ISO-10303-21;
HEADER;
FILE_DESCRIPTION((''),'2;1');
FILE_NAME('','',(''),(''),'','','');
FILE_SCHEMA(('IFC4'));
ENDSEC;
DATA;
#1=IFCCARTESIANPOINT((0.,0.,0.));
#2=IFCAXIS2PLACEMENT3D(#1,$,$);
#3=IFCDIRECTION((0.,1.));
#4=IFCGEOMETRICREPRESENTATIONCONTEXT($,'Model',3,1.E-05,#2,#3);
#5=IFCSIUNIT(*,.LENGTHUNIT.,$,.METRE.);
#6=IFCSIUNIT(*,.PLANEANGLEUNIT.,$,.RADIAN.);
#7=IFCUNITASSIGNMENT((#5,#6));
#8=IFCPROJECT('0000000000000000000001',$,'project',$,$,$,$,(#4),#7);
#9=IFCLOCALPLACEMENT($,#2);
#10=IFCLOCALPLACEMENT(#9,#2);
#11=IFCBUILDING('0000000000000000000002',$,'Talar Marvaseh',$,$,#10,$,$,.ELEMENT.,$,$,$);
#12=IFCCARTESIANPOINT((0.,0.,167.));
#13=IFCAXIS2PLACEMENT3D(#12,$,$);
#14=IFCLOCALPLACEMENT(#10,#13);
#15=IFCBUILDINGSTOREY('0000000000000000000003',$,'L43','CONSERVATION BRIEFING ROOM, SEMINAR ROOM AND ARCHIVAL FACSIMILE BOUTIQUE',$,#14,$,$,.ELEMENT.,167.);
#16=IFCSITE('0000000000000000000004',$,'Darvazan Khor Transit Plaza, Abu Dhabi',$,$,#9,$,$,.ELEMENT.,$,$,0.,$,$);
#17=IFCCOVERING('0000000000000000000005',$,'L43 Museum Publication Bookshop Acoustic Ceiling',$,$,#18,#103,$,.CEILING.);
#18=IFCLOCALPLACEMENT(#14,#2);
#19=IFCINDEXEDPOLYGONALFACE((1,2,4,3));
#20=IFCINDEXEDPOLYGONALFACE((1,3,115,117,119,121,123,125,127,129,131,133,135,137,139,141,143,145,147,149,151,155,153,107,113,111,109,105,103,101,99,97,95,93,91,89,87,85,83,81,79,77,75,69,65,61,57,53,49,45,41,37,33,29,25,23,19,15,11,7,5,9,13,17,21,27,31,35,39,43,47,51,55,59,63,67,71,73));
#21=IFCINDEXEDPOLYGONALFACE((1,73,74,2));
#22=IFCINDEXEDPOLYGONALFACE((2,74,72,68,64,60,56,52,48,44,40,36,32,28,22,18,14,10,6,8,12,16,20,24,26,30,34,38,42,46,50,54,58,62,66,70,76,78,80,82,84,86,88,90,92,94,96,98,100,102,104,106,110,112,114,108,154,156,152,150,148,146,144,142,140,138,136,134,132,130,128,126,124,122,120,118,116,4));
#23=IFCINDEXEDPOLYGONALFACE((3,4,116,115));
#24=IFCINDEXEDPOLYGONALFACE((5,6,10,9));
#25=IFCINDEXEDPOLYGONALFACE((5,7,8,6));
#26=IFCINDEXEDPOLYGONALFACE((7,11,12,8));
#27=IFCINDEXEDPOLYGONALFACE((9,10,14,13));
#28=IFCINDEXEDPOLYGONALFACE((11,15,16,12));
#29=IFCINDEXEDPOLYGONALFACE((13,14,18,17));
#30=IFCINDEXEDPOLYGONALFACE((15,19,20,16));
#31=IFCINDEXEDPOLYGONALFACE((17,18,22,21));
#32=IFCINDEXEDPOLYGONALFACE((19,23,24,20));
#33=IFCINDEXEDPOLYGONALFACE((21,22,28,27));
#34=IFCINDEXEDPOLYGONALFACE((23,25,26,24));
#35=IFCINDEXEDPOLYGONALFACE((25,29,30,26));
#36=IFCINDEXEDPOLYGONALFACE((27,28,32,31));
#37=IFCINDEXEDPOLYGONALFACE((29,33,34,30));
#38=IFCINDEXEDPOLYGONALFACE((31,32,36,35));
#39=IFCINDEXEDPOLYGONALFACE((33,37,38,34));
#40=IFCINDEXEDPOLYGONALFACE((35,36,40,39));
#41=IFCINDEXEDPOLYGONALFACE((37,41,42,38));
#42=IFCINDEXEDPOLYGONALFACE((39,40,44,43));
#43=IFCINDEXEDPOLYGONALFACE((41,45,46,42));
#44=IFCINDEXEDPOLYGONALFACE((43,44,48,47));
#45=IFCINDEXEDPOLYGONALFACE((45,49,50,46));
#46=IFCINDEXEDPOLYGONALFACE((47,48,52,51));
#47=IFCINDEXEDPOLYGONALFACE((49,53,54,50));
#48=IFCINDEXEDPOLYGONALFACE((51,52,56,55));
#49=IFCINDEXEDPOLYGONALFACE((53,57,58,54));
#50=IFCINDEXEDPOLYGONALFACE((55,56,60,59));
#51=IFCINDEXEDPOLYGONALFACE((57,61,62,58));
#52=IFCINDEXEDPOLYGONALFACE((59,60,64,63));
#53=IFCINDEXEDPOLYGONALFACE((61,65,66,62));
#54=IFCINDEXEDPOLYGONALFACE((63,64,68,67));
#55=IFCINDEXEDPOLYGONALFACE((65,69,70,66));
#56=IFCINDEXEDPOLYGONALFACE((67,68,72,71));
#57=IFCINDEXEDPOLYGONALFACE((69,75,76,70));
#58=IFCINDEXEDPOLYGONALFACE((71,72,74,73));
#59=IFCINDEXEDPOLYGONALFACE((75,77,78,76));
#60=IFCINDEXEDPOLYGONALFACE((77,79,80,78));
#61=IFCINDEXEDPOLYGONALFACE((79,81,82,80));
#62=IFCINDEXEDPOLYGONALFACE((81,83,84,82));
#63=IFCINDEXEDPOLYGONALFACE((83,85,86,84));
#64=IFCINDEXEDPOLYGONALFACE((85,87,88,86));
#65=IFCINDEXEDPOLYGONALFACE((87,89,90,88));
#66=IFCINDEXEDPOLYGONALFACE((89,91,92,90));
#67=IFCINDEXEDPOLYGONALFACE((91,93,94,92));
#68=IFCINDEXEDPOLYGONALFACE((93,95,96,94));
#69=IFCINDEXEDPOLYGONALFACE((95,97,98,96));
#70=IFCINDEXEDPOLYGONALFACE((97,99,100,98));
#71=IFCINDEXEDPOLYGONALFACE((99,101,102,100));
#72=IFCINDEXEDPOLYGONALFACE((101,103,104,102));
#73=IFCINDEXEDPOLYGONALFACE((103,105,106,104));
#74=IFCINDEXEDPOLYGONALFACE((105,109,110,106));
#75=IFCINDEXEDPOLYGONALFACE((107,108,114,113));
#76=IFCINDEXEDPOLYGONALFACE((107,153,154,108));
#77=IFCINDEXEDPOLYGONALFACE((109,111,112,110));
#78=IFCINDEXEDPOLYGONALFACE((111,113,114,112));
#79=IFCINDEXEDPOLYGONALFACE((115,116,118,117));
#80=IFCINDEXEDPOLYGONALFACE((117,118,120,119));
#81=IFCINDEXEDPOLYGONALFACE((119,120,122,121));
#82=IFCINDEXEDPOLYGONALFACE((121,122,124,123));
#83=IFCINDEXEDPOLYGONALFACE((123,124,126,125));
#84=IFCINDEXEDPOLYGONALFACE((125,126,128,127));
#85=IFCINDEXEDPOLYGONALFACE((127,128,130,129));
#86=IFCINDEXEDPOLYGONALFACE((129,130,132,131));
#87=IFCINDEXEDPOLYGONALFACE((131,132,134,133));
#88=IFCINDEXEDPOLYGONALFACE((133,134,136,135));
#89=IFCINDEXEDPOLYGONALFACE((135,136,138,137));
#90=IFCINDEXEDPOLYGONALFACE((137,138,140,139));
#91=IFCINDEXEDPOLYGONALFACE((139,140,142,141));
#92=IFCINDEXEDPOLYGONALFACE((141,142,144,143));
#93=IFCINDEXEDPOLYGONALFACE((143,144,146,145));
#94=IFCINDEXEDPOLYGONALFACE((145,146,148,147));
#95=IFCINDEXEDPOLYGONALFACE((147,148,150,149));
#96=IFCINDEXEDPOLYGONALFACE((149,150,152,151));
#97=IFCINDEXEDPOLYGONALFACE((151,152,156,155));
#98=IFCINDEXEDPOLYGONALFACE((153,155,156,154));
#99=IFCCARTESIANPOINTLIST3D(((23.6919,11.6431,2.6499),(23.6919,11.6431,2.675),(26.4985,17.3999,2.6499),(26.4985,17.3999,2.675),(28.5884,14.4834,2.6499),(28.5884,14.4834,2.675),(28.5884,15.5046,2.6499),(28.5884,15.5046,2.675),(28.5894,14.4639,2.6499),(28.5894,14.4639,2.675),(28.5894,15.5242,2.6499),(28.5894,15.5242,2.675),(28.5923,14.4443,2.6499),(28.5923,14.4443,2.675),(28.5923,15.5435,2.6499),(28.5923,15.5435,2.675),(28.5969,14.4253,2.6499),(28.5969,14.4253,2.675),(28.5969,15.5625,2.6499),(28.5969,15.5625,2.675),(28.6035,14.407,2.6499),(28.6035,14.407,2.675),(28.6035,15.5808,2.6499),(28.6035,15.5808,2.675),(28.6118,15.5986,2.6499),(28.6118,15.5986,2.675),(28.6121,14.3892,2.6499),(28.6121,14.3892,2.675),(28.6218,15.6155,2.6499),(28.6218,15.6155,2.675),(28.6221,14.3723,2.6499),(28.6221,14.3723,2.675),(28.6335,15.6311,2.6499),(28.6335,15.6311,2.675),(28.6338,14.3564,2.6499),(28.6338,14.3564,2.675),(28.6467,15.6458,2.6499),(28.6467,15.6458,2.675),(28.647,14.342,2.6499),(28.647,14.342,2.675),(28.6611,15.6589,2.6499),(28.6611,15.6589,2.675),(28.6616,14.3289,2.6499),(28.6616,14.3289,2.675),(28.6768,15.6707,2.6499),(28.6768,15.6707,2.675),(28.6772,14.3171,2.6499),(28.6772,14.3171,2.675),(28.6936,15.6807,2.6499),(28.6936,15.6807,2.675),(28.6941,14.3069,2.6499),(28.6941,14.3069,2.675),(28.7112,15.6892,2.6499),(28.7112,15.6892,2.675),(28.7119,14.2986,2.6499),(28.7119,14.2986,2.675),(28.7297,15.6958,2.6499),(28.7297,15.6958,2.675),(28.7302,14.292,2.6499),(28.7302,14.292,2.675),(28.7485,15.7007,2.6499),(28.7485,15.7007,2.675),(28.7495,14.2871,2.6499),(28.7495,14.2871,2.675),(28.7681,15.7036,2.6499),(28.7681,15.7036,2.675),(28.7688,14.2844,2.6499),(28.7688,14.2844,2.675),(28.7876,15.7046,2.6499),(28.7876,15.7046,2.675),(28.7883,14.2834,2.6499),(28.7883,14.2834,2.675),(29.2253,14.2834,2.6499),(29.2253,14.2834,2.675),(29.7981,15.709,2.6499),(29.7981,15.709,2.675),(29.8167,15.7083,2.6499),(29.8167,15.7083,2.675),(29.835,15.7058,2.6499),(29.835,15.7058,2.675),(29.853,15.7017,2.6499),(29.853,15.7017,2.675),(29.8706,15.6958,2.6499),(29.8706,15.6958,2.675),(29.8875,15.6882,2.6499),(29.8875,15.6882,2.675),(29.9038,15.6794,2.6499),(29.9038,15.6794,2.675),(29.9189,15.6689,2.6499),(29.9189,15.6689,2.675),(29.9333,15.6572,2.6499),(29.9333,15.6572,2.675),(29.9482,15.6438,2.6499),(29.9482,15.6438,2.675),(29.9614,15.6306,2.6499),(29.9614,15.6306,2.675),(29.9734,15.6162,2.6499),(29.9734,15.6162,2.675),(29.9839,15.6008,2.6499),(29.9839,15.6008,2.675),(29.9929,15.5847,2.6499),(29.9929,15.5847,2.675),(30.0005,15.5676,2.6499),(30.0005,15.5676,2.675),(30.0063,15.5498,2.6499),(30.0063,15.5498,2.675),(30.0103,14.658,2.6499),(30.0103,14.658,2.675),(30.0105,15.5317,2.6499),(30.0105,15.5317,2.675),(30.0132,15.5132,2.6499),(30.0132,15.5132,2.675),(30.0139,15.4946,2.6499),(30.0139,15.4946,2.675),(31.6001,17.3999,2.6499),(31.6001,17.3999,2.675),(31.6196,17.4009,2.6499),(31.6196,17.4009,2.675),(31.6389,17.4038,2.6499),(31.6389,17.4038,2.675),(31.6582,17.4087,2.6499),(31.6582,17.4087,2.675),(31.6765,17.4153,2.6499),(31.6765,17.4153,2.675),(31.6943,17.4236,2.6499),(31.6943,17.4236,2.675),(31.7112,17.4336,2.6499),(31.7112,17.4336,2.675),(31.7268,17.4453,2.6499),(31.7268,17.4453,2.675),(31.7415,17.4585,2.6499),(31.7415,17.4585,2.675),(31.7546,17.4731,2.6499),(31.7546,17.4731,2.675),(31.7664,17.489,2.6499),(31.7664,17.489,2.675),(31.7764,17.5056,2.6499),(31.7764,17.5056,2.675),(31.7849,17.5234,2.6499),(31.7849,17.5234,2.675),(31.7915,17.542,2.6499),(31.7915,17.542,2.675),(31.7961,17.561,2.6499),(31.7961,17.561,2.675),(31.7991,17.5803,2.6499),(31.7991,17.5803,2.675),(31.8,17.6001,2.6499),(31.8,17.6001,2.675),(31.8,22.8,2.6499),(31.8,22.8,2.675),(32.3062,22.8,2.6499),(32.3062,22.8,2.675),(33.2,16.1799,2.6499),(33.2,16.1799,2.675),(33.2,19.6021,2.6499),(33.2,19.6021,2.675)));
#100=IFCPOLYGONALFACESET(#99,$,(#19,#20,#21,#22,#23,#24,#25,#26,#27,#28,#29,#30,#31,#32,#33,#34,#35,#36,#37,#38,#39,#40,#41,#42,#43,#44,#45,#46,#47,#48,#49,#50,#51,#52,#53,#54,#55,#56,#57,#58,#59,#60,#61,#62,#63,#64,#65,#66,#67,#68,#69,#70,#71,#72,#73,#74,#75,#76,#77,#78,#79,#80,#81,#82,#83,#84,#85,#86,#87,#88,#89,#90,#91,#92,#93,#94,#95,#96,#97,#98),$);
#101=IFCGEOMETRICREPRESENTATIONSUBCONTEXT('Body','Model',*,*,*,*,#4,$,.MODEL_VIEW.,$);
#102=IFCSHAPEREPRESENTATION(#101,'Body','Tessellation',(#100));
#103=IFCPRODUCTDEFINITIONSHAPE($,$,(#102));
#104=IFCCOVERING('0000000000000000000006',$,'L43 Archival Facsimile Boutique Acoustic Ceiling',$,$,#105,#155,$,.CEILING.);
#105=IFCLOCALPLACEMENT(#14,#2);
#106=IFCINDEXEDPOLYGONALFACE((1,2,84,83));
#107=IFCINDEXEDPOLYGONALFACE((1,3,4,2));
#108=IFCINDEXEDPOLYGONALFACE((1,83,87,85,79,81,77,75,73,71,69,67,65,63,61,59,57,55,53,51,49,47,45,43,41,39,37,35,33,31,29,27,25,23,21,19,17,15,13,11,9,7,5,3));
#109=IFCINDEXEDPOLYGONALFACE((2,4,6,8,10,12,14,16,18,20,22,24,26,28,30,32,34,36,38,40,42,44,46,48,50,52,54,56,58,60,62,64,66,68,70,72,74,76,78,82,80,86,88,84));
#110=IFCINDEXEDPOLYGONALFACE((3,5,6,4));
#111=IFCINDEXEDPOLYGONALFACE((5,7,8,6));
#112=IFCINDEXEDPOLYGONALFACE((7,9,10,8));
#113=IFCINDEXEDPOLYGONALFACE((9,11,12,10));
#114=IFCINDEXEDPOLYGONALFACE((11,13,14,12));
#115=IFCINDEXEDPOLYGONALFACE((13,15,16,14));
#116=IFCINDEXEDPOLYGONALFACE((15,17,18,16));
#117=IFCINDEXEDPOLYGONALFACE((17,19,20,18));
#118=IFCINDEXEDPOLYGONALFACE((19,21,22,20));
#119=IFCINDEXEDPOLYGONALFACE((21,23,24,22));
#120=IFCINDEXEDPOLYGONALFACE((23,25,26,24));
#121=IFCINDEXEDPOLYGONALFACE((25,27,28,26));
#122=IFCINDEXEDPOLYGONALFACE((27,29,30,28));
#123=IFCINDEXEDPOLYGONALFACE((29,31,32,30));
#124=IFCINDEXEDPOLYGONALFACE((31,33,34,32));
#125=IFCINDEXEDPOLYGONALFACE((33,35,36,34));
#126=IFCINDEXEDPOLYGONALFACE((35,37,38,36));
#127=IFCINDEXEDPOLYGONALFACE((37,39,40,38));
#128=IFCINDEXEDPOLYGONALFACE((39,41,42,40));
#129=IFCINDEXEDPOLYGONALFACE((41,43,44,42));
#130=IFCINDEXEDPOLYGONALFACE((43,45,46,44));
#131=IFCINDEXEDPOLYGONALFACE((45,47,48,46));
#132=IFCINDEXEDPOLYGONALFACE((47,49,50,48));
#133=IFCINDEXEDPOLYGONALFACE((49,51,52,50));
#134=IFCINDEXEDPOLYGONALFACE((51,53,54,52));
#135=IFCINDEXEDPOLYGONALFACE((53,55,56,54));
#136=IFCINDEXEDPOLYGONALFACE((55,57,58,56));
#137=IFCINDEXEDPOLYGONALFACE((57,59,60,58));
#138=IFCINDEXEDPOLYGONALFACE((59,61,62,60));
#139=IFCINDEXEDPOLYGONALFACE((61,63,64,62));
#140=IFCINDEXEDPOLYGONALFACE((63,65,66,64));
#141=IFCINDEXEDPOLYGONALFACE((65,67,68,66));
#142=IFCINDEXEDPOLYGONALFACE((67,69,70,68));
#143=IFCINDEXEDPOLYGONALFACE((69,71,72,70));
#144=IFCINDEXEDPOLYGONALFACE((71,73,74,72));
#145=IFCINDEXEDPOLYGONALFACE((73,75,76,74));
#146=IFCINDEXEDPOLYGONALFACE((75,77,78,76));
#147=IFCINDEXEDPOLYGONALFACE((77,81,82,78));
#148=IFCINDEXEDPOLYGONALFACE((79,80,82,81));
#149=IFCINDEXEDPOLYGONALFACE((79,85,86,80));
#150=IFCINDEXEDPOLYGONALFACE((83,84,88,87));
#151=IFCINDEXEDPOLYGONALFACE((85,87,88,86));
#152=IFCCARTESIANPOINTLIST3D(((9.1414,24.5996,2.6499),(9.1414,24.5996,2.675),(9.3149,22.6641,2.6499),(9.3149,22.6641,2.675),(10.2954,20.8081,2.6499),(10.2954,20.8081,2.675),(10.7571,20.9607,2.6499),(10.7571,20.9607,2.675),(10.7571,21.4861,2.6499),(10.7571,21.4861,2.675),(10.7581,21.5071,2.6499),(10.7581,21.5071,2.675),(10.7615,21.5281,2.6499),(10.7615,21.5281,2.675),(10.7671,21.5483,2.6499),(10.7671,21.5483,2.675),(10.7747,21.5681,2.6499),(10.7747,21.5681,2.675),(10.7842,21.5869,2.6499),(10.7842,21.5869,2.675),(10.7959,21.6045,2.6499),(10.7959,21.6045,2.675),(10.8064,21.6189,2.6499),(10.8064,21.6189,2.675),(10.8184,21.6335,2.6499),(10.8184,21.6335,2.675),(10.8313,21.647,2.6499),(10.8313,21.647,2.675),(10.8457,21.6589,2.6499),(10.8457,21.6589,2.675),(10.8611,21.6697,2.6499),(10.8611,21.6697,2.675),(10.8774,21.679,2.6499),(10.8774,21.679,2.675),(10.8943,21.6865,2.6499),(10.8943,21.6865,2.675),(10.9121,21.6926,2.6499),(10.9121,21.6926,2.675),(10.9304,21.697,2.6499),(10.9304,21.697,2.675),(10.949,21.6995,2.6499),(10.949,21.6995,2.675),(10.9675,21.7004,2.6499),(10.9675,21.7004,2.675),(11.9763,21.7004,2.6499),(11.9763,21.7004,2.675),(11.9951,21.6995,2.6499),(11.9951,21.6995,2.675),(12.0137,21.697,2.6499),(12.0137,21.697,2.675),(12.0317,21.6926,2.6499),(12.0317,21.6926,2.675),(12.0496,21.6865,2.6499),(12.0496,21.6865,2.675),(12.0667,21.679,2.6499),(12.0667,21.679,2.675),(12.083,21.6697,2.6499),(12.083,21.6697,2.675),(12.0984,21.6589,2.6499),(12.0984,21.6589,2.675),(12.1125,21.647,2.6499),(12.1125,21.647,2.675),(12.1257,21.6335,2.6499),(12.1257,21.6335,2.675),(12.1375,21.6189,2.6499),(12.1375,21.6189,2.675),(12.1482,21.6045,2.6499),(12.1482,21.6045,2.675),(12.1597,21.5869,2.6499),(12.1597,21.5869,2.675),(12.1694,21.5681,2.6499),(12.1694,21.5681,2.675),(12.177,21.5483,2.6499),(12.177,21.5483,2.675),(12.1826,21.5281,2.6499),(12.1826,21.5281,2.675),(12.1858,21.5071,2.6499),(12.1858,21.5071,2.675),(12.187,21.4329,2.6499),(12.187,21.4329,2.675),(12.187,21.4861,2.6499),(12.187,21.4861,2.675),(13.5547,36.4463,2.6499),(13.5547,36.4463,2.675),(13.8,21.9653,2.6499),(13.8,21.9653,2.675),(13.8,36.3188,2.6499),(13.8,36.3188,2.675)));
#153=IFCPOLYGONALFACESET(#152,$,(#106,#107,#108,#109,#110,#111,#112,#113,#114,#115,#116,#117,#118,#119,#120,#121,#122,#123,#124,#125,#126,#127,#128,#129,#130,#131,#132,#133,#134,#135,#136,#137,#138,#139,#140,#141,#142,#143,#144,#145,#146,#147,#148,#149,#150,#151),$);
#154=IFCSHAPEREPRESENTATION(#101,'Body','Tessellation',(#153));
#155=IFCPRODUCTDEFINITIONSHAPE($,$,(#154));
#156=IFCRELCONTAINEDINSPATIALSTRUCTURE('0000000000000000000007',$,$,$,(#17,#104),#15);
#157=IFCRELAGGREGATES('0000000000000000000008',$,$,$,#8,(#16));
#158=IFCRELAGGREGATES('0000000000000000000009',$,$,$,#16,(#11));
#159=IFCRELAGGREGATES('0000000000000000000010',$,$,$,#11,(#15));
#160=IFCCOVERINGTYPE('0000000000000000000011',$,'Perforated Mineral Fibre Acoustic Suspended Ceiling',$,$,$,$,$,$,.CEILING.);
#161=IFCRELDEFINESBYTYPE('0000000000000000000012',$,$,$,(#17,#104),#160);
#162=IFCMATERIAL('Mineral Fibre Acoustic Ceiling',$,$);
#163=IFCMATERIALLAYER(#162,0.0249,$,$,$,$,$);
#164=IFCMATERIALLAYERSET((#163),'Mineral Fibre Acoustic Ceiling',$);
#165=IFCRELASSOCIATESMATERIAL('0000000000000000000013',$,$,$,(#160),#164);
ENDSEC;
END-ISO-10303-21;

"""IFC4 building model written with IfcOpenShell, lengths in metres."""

from ifc_helpers import new_model, si_unit, direction, frame, origin, place, context, subcontext, project, spatial, polyline, outline, extrude, material, layer, layer_set, type_object, element, save


model = new_model("IFC4")

# Units and contexts
model_context = context("Model", 3, precision=1e-05, world=origin(), true_north=direction((0.0, 1.0)))
body_context = subcontext(model_context, "Body", "Model", "MODEL_VIEW")
ifc_project = project(units=[si_unit("LENGTHUNIT", "METRE"), si_unit("PLANEANGLEUNIT", "RADIAN")], contexts=[model_context])

# Site, building, storey
site_placement = place(None, origin())
site = spatial("IfcSite", under=ifc_project, at=site_placement, Name="Darvazan Khor Transit Plaza, Abu Dhabi", CompositionType="ELEMENT", RefElevation=0.0)
building_placement = place(site_placement, origin())
building = spatial("IfcBuilding", under=site, at=building_placement, Name="Talar Marvaseh", CompositionType="ELEMENT")
storey_placement = place(building_placement, frame((0.0, 0.0, 167.0)))
storey = spatial("IfcBuildingStorey", under=building, at=storey_placement, Name="L43", Description="CONSERVATION BRIEFING ROOM, SEMINAR ROOM AND ARCHIVAL FACSIMILE BOUTIQUE", CompositionType="ELEMENT", Elevation=167.0)

# Coverings
ifc_material_1 = material(Name="Mineral Fibre Acoustic Ceiling")
ifc_layer_1 = layer(ifc_material_1, 0.0249)
ifc_layer_set_1 = layer_set([ifc_layer_1], Name="Mineral Fibre Acoustic Ceiling")
covering_type_1 = type_object("IfcCoveringType", Name="Perforated Mineral Fibre Acoustic Suspended Ceiling", PredefinedType="CEILING", material=ifc_layer_set_1)
covering_1_placement = place(storey_placement, frame((0.0, 0.0, 2.6499)))
element("IfcCovering", 1, at=covering_1_placement, inside=storey, type_object=covering_type_1, Name="L43 Museum Publication Bookshop Acoustic Ceiling", PredefinedType="CEILING", context=body_context, shape_type="SweptSolid", body=[
    extrude(outline(polyline([(31.6196, 17.4009), (31.6389, 17.4038), (31.6582, 17.4087), (31.6765, 17.4153), (31.6943, 17.4236), (31.7112, 17.4336), (31.7268, 17.4453), (31.7415, 17.4585), (31.7546, 17.4731), (31.7664, 17.489), (31.7764, 17.5056), (31.7849, 17.5234), (31.7915, 17.542), (31.7961, 17.561), (31.7991, 17.5803), (31.8, 17.6001), (31.8, 22.8), (32.3062, 22.8), (33.2, 19.6021), (33.2, 16.1799), (30.0103, 14.658), (30.0139, 15.4946), (30.0132, 15.5132), (30.0105, 15.5317), (30.0063, 15.5498), (30.0005, 15.5676), (29.9929, 15.5847), (29.9839, 15.6008), (29.9734, 15.6162), (29.9614, 15.6306), (29.9482, 15.6438), (29.9333, 15.6572), (29.9189, 15.6689), (29.9038, 15.6794), (29.8875, 15.6882), (29.8706, 15.6958), (29.853, 15.7017), (29.835, 15.7058), (29.8167, 15.7083), (29.7981, 15.709), (28.7876, 15.7046), (28.7681, 15.7036), (28.7485, 15.7007), (28.7297, 15.6958), (28.7112, 15.6892), (28.6936, 15.6807), (28.6768, 15.6707), (28.6611, 15.6589), (28.6467, 15.6458), (28.6335, 15.6311), (28.6218, 15.6155), (28.6118, 15.5986), (28.6035, 15.5808), (28.5969, 15.5625), (28.5923, 15.5435), (28.5894, 15.5242), (28.5884, 15.5046), (28.5884, 14.4834), (28.5894, 14.4639), (28.5923, 14.4443), (28.5969, 14.4253), (28.6035, 14.407), (28.6121, 14.3892), (28.6221, 14.3723), (28.6338, 14.3564), (28.647, 14.342), (28.6616, 14.3289), (28.6772, 14.3171), (28.6941, 14.3069), (28.7119, 14.2986), (28.7302, 14.292), (28.7495, 14.2871), (28.7688, 14.2844), (28.7883, 14.2834), (29.2253, 14.2834), (23.6919, 11.6431), (26.4985, 17.3999), (31.6001, 17.3999), (31.6196, 17.4009)])), origin(), (0.0, 0.0, 1.0), 0.0251),
])
covering_2_placement = place(storey_placement, frame((0.0, 0.0, 2.6499)))
element("IfcCovering", 2, at=covering_2_placement, inside=storey, type_object=covering_type_1, Name="L43 Archival Facsimile Boutique Acoustic Ceiling", PredefinedType="CEILING", context=body_context, shape_type="SweptSolid", body=[
    extrude(outline(polyline([(13.8, 36.3188), (13.8, 21.9653), (12.187, 21.4329), (12.187, 21.4861), (12.1858, 21.5071), (12.1826, 21.5281), (12.177, 21.5483), (12.1694, 21.5681), (12.1597, 21.5869), (12.1482, 21.6045), (12.1375, 21.6189), (12.1257, 21.6335), (12.1125, 21.647), (12.0984, 21.6589), (12.083, 21.6697), (12.0667, 21.679), (12.0496, 21.6865), (12.0317, 21.6926), (12.0137, 21.697), (11.9951, 21.6995), (11.9763, 21.7004), (10.9675, 21.7004), (10.949, 21.6995), (10.9304, 21.697), (10.9121, 21.6926), (10.8943, 21.6865), (10.8774, 21.679), (10.8611, 21.6697), (10.8457, 21.6589), (10.8313, 21.647), (10.8184, 21.6335), (10.8064, 21.6189), (10.7959, 21.6045), (10.7842, 21.5869), (10.7747, 21.5681), (10.7671, 21.5483), (10.7615, 21.5281), (10.7581, 21.5071), (10.7571, 21.4861), (10.7571, 20.9607), (10.2954, 20.8081), (9.3149, 22.6641), (9.1414, 24.5996), (13.5547, 36.4463), (13.8, 36.3188)])), origin(), (0.0, 0.0, 1.0), 0.0251),
])

save(model, "model.ifc")
